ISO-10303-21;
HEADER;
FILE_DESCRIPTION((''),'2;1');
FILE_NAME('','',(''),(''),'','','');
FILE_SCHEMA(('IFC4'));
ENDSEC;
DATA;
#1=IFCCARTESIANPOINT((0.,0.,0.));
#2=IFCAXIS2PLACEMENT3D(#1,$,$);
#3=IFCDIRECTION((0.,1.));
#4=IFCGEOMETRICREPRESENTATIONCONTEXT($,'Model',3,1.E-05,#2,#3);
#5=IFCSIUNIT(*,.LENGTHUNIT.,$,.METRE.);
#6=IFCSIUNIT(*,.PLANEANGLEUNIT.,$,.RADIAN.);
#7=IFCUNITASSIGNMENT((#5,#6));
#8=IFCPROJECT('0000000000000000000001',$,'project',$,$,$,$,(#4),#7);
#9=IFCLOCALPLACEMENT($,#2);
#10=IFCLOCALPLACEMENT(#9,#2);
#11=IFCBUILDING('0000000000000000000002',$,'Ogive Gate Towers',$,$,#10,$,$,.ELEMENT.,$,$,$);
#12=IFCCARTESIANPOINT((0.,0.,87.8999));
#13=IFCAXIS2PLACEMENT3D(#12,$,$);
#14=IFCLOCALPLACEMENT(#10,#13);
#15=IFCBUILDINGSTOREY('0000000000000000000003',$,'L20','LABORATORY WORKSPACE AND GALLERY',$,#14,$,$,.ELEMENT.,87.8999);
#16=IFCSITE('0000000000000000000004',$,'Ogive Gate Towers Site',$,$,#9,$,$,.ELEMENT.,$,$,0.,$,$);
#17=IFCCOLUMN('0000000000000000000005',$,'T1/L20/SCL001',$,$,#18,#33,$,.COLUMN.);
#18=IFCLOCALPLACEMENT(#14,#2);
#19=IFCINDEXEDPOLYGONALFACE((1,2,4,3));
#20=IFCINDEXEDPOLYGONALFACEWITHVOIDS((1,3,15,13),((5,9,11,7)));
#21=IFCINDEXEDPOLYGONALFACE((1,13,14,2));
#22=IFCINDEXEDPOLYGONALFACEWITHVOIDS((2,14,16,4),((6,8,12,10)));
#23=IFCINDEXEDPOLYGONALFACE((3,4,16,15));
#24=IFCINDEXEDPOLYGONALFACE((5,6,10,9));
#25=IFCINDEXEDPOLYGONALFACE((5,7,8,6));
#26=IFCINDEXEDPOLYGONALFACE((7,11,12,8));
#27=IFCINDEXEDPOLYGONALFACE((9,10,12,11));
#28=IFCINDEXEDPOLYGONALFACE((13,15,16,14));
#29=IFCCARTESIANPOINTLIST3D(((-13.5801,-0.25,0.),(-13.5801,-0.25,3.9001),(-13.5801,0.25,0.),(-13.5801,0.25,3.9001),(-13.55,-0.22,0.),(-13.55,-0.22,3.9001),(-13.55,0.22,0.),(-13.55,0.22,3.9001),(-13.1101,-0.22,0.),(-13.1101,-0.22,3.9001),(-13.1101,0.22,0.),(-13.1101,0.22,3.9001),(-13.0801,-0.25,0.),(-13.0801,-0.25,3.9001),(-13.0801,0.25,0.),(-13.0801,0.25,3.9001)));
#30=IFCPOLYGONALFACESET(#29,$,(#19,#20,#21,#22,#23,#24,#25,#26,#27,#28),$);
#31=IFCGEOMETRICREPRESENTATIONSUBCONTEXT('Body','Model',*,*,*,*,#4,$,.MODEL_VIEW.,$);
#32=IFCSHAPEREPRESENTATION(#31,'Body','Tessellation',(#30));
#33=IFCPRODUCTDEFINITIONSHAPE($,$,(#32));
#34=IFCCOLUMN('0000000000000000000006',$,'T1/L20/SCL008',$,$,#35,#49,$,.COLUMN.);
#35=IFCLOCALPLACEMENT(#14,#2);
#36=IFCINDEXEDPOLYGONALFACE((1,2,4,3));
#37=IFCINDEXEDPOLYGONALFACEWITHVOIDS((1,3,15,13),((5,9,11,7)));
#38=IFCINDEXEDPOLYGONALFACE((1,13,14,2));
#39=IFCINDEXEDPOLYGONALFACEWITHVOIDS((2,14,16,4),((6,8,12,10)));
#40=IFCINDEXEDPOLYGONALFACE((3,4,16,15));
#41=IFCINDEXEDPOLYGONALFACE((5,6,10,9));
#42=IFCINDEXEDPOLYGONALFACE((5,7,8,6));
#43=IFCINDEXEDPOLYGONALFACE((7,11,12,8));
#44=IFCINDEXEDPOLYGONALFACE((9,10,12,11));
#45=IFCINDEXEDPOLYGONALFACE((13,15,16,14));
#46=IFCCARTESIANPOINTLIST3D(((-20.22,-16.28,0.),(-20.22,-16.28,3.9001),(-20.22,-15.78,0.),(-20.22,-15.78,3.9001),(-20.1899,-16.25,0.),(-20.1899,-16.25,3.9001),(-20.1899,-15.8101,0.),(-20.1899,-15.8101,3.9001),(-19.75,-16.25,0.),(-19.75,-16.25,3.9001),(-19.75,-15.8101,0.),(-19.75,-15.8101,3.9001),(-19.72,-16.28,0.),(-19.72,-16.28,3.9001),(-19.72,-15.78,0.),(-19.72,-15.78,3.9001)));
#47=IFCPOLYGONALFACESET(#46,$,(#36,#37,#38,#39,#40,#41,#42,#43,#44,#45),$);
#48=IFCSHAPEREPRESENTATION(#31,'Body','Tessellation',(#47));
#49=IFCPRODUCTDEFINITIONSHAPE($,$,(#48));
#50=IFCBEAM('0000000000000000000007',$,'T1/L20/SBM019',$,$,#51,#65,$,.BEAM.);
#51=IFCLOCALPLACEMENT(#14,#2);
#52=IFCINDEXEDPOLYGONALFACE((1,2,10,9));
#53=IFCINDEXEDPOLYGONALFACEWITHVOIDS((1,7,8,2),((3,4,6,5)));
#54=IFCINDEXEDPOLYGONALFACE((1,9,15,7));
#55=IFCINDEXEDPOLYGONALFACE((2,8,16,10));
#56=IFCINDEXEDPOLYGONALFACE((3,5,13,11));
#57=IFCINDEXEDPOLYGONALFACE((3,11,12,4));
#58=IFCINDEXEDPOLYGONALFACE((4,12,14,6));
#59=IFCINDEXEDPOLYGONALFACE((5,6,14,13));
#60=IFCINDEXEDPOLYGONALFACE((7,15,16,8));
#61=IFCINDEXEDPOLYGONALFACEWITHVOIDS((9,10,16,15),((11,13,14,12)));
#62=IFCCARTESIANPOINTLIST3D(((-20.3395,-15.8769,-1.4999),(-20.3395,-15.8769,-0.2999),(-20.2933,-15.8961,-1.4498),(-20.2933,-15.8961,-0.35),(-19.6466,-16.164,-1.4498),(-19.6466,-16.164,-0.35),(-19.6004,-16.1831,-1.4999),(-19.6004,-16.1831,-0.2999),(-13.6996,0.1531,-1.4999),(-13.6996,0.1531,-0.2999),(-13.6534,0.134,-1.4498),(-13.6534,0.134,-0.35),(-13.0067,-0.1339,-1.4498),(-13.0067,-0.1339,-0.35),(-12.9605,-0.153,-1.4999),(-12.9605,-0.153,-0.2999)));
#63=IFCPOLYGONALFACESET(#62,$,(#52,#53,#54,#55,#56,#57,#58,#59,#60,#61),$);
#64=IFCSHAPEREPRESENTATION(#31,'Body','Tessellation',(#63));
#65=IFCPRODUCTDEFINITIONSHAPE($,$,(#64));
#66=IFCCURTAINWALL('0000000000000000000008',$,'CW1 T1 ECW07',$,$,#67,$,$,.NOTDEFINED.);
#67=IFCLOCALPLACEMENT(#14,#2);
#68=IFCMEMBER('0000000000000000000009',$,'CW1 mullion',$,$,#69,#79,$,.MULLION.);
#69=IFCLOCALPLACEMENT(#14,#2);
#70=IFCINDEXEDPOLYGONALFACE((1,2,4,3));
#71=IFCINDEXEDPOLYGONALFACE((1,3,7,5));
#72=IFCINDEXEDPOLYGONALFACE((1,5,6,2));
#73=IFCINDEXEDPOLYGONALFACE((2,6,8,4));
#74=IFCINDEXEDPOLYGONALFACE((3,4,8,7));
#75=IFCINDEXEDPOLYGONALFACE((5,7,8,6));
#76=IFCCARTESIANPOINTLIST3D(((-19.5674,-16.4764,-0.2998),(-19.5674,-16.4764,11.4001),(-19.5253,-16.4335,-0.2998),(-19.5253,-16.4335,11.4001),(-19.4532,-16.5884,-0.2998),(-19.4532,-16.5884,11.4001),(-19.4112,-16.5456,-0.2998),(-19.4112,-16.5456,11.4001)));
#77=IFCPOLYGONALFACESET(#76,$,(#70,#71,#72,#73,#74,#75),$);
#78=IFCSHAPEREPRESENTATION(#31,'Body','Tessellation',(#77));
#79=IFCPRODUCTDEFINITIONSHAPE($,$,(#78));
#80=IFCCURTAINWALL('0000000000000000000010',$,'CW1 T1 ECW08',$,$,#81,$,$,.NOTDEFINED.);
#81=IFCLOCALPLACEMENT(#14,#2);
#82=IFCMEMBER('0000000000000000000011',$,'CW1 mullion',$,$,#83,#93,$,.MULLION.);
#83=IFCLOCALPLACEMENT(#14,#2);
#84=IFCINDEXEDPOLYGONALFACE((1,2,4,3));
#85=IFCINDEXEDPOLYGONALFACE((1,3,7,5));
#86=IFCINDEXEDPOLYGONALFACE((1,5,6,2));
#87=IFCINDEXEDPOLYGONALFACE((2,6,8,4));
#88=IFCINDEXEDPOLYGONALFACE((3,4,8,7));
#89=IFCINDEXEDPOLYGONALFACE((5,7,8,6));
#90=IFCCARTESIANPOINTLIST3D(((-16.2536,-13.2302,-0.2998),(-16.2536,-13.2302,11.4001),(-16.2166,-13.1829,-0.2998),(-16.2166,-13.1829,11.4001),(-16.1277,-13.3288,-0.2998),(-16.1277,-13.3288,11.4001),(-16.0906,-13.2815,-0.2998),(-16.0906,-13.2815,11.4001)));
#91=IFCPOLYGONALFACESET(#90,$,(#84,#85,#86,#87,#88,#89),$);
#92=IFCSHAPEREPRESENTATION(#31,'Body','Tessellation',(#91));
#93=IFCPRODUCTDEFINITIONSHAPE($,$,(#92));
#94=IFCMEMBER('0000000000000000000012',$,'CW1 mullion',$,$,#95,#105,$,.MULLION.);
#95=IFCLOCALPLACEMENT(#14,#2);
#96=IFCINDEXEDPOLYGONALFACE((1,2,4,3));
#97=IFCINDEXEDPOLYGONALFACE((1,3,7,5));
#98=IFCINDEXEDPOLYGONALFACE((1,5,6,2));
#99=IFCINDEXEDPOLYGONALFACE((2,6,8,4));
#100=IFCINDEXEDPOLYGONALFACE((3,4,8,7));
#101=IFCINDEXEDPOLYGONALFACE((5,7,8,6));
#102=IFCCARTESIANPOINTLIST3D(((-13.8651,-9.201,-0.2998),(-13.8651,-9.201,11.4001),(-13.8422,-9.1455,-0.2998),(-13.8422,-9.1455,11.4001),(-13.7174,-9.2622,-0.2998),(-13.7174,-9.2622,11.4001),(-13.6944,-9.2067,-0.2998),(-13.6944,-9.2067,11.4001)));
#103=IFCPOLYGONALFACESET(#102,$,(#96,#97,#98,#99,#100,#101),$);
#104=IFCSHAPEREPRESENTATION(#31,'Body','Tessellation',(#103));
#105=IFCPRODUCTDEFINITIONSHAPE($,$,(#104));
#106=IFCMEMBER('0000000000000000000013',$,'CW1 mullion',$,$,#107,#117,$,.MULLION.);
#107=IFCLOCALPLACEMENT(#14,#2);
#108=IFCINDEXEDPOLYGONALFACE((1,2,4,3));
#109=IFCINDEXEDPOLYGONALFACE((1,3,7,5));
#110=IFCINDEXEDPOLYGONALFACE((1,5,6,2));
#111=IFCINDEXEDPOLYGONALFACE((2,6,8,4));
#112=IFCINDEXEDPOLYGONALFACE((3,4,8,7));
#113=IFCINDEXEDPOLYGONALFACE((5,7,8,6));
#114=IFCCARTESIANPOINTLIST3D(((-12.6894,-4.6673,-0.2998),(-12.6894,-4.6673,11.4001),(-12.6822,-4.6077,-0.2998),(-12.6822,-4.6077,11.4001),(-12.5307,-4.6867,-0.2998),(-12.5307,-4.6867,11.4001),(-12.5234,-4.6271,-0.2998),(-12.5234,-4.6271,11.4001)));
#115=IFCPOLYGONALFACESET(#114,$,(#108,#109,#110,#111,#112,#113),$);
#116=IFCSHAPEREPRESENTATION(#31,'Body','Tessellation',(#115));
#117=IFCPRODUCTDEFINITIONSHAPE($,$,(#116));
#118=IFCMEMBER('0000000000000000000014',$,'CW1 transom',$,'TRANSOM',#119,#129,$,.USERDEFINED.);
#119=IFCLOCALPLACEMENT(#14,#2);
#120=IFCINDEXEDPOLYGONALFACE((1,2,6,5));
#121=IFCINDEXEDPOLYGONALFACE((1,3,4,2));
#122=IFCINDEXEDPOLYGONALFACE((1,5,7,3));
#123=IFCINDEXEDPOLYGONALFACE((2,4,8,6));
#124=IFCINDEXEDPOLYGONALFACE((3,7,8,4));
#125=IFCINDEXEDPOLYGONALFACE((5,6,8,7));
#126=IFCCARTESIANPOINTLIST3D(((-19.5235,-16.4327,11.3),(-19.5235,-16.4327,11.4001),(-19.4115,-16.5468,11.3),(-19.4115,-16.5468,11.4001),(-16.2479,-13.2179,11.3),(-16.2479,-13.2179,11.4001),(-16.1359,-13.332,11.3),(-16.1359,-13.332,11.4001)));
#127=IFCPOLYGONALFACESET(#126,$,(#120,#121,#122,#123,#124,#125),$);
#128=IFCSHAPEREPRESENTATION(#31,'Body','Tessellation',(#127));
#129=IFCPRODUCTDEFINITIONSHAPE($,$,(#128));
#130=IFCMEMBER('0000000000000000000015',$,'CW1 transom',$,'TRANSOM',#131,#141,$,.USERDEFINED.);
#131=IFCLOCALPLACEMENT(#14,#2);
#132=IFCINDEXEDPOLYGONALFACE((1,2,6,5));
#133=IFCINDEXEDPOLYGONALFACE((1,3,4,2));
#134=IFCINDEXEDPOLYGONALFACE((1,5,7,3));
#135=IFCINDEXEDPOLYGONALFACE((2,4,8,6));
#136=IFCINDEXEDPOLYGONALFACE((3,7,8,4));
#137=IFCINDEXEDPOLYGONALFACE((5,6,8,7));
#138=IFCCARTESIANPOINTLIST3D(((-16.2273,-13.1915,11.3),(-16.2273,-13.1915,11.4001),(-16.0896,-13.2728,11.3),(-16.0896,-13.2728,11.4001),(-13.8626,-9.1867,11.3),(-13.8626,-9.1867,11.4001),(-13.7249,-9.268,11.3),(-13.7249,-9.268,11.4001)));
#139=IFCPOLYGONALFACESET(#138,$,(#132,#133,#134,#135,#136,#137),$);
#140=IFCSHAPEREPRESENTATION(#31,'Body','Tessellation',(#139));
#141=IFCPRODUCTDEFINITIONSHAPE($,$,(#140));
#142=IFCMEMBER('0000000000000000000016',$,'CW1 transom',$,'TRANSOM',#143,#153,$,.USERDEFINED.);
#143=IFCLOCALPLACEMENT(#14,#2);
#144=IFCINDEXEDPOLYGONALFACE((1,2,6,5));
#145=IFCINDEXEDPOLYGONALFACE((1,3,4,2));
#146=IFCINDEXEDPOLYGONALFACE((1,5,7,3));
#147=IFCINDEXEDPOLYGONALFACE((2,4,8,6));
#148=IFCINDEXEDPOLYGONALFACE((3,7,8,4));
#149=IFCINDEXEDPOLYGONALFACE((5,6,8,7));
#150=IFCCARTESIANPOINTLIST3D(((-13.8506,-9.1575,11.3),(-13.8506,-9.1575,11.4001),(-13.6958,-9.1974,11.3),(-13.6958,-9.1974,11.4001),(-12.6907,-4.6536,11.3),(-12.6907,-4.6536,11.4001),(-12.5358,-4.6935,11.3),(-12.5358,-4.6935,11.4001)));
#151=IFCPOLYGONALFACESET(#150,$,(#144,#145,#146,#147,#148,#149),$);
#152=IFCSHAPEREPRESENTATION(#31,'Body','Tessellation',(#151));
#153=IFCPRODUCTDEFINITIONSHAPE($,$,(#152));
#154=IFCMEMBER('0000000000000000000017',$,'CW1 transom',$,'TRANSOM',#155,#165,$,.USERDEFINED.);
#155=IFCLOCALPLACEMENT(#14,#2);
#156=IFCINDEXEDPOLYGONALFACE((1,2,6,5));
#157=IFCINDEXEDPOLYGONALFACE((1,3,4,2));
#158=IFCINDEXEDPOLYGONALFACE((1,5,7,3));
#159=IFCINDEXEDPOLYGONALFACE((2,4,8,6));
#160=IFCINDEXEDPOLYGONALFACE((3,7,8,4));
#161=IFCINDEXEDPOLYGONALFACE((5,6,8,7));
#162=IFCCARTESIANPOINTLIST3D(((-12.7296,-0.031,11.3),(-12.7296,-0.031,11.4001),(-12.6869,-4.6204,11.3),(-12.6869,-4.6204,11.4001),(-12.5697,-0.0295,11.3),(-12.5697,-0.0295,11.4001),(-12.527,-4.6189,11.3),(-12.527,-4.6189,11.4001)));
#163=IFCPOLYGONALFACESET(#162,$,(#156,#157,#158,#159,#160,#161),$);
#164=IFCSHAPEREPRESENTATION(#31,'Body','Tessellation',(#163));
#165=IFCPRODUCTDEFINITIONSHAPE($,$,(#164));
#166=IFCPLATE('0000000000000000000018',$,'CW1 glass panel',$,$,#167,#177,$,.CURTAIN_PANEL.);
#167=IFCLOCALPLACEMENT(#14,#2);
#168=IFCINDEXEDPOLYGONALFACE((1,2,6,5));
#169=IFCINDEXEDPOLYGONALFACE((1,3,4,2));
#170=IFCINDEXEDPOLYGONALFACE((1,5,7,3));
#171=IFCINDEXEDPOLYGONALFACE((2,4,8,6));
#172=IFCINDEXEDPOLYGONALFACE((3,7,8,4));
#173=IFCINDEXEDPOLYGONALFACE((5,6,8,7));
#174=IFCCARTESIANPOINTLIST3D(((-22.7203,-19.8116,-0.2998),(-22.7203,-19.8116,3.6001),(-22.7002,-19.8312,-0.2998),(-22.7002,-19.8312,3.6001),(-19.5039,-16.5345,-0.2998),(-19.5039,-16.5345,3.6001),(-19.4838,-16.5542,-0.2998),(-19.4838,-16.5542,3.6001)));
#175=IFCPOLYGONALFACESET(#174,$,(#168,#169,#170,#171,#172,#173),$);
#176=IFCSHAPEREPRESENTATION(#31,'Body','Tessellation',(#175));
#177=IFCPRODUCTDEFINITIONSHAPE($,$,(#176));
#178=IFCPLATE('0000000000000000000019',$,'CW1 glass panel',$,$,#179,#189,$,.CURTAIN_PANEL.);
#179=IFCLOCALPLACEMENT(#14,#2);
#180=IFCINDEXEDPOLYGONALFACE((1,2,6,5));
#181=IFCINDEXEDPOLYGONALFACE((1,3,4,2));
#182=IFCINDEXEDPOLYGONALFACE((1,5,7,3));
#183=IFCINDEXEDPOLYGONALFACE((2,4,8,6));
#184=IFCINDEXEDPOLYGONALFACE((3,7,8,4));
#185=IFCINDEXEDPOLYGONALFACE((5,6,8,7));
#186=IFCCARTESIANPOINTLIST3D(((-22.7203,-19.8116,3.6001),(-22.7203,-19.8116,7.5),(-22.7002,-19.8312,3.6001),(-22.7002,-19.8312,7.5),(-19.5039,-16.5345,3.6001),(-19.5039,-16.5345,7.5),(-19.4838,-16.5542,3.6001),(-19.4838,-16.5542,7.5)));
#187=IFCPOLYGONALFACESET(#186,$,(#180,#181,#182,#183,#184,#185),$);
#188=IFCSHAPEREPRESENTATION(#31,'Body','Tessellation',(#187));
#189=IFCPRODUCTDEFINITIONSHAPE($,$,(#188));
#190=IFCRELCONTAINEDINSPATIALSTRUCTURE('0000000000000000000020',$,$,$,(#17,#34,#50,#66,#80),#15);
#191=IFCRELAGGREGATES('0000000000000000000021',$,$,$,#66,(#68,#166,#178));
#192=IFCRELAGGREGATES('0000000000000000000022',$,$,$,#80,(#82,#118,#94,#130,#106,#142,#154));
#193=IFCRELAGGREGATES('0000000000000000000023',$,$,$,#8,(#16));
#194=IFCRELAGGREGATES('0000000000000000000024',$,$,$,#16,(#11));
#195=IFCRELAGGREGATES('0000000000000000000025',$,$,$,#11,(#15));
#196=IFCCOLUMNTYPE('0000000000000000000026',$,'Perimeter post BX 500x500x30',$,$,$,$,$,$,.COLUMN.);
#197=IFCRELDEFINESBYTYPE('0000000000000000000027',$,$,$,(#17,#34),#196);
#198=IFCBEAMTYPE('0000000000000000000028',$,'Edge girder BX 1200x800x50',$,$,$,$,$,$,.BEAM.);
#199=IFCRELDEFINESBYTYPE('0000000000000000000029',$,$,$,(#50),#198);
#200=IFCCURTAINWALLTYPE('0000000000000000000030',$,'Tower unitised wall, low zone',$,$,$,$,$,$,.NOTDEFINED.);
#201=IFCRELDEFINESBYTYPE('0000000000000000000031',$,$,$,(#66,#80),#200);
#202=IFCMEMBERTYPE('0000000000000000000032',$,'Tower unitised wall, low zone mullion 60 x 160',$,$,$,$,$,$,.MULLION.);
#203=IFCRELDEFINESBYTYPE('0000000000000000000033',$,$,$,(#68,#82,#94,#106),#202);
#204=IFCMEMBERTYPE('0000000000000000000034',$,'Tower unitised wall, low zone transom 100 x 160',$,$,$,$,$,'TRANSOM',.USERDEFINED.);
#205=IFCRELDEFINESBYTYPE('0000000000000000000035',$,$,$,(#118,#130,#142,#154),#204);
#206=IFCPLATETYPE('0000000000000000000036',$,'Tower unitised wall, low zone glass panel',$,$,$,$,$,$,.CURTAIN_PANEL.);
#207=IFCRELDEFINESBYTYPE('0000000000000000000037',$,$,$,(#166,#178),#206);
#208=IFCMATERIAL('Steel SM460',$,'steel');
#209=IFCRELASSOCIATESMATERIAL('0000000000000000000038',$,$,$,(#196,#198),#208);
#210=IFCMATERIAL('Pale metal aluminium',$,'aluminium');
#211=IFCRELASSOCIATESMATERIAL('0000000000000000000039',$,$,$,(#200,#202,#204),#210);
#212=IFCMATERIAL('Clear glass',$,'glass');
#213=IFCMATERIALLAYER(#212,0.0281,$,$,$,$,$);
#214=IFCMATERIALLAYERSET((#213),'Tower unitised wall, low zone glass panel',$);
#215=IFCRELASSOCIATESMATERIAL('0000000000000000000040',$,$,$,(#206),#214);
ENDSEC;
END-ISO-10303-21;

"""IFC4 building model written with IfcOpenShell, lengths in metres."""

from ifc_helpers import new_model, si_unit, direction, frame, origin, origin_2d, place, context, subcontext, project, spatial, rectangle, hollow_rectangle, extrude, material, layer, layer_set, material_profile, profile_set, type_object, element, aggregate, save


model = new_model("IFC4")

# Units and contexts
model_context = context("Model", 3, precision=1e-05, world=origin(), true_north=direction((0.0, 1.0)))
body_context = subcontext(model_context, "Body", "Model", "MODEL_VIEW")
ifc_project = project(units=[si_unit("LENGTHUNIT", "METRE"), si_unit("PLANEANGLEUNIT", "RADIAN")], contexts=[model_context])

# Site, building, storey
site_placement = place(None, origin())
site = spatial("IfcSite", under=ifc_project, at=site_placement, Name="Ogive Gate Towers Site", CompositionType="ELEMENT", RefElevation=0.0)
building_placement = place(site_placement, origin())
building = spatial("IfcBuilding", under=site, at=building_placement, Name="Ogive Gate Towers", CompositionType="ELEMENT")
storey_placement = place(building_placement, frame((0.0, 0.0, 87.8999)))
storey = spatial("IfcBuildingStorey", under=building, at=storey_placement, Name="L20", Description="LABORATORY WORKSPACE AND GALLERY", CompositionType="ELEMENT", Elevation=87.8999)

# Columns
ifc_material_1 = material(Name="Steel SM460", Category="steel")
ifc_material_profile_1 = material_profile(ifc_material_1, hollow_rectangle(XDim=0.5, YDim=0.5, WallThickness=0.03, at=origin_2d()), Name="BX 500x500x30")
ifc_profile_set_1 = profile_set([ifc_material_profile_1], Name="Steel SM460")
column_type = type_object("IfcColumnType", Name="Perimeter post BX 500x500x30", PredefinedType="COLUMN", material=ifc_profile_set_1)
for number, where, z_axis, x_axis, name in (
    (1, (-13.3301, 0.0, 0.0), (0.0, 0.0, 1.0), (1.0, 0.0, 0.0), "T1/L20/SCL001"),
    (2, (-19.97, -16.03, 0.0), (0.0, 0.0, 1.0), (1.0, 0.0, 0.0), "T1/L20/SCL008"),
):
    element("IfcColumn", number, at=place(storey_placement, frame(where, z_axis=z_axis, x_axis=x_axis)), inside=storey, type_object=column_type, Name=name, PredefinedType="COLUMN", context=body_context, shape_type="SweptSolid", body=[
        extrude(hollow_rectangle(XDim=0.5, YDim=0.5, WallThickness=0.03, at=origin_2d()), origin(), (0.0, 0.0, 1.0), 3.9001),
    ])

# Beam
ifc_material_profile_2 = material_profile(ifc_material_1, hollow_rectangle(XDim=0.8, YDim=1.2, WallThickness=0.05, at=origin_2d()), Name="BX 1200x800x50")
ifc_profile_set_2 = profile_set([ifc_material_profile_2], Name="Steel SM460")
beam_type = type_object("IfcBeamType", Name="Edge girder BX 1200x800x50", PredefinedType="BEAM", material=ifc_profile_set_2)
beam_placement = place(storey_placement, frame((-19.97, -16.03, -0.8999), z_axis=(0.382685, 0.923879, 0.0), x_axis=(-0.923879, 0.382685, 0.0)))
element("IfcBeam", 3, at=beam_placement, inside=storey, type_object=beam_type, Name="T1/L20/SBM019", PredefinedType="BEAM", context=body_context, shape_type="SweptSolid", body=[
    extrude(hollow_rectangle(XDim=0.8, YDim=1.2, WallThickness=0.05, at=origin_2d()), origin(), (0.0, 0.0, 1.0), 17.3508),
])

# Curtain wall, member
ifc_material_2 = material(Name="Pale metal aluminium", Category="aluminium")
curtain_wall_type = type_object("IfcCurtainWallType", Name="Tower unitised wall, low zone", PredefinedType="NOTDEFINED", material=ifc_material_2)
curtain_wall_1_placement = place(storey_placement, origin())
curtain_wall_1 = element("IfcCurtainWall", 4, at=curtain_wall_1_placement, inside=storey, type_object=curtain_wall_type, Name="CW1 T1 ECW07", PredefinedType="NOTDEFINED")
ifc_material_profile_3 = material_profile(ifc_material_2, rectangle(XDim=0.1599, YDim=0.0601, at=origin_2d()), Name="60 x 160 aluminium box")
ifc_profile_set_3 = profile_set([ifc_material_profile_3], Name="Pale metal aluminium")
member_type_1 = type_object("IfcMemberType", Name="Tower unitised wall, low zone mullion 60 x 160", PredefinedType="MULLION", material=ifc_profile_set_3)
member_1_placement = place(storey_placement, frame((-19.4893, -16.511, -0.2998), z_axis=(0.0, 0.0, 1.0), x_axis=(0.713678, -0.700473, 0.0)))
member_1 = element("IfcMember", 5, at=member_1_placement, type_object=member_type_1, Name="CW1 mullion", PredefinedType="MULLION", context=body_context, shape_type="SweptSolid", body=[
    extrude(rectangle(XDim=0.1599, YDim=0.0601, at=origin_2d()), origin(), (0.0, 0.0, 1.0), 11.7),
])

# Curtain wall, members
curtain_wall_2_placement = place(storey_placement, origin())
curtain_wall_2 = element("IfcCurtainWall", 6, at=curtain_wall_2_placement, inside=storey, type_object=curtain_wall_type, Name="CW1 T1 ECW08", PredefinedType="NOTDEFINED")
member_2_placement = place(storey_placement, frame((-16.1721, -13.2559, -0.2998), z_axis=(0.0, 0.0, 1.0), x_axis=(0.787495, -0.616321, 0.0)))
member_2 = element("IfcMember", 7, at=member_2_placement, type_object=member_type_1, Name="CW1 mullion", PredefinedType="MULLION", context=body_context, shape_type="SweptSolid", body=[
    extrude(rectangle(XDim=0.1599, YDim=0.0601, at=origin_2d()), origin(), (0.0, 0.0, 1.0), 11.7),
])
member_3_placement = place(storey_placement, frame((-13.7798, -9.2039, -0.2998), z_axis=(0.0, 0.0, 1.0), x_axis=(0.92388, -0.382683, 0.0)))
member_3 = element("IfcMember", 8, at=member_3_placement, type_object=member_type_1, Name="CW1 mullion", PredefinedType="MULLION", context=body_context, shape_type="SweptSolid", body=[
    extrude(rectangle(XDim=0.1599, YDim=0.0601, at=origin_2d()), origin(), (0.0, 0.0, 1.0), 11.7),
])
member_4_placement = place(storey_placement, frame((-12.6064, -4.6472, -0.2998), z_axis=(0.0, 0.0, 1.0), x_axis=(0.992648, -0.121038, 0.0)))
member_4 = element("IfcMember", 9, at=member_4_placement, type_object=member_type_1, Name="CW1 mullion", PredefinedType="MULLION", context=body_context, shape_type="SweptSolid", body=[
    extrude(rectangle(XDim=0.1599, YDim=0.0601, at=origin_2d()), origin(), (0.0, 0.0, 1.0), 11.7),
])
ifc_material_profile_4 = material_profile(ifc_material_2, rectangle(XDim=0.1599, YDim=0.1001, at=origin_2d()), Name="100 x 160 aluminium box")
ifc_profile_set_4 = profile_set([ifc_material_profile_4], Name="Pale metal aluminium")
member_type_2 = type_object("IfcMemberType", Name="Tower unitised wall, low zone transom 100 x 160", ElementType="TRANSOM", PredefinedType="USERDEFINED", material=ifc_profile_set_4)
member_5_placement = place(storey_placement, frame((-19.4675, -16.4897, 11.3501), z_axis=(0.713698, 0.700453, 0.0), x_axis=(-0.700453, 0.713698, 0.0)))
member_5 = element("IfcMember", 10, at=member_5_placement, type_object=member_type_2, Name="CW1 transom", ObjectType="TRANSOM", PredefinedType="USERDEFINED", context=body_context, shape_type="SweptSolid", body=[
    extrude(rectangle(XDim=0.1599, YDim=0.1001, at=origin_2d()), origin(), (0.0, 0.0, 1.0), 4.5896),
])
member_6_placement = place(storey_placement, frame((-16.1584, -13.2322, 11.3501), z_axis=(0.508446, 0.861094, 0.0), x_axis=(-0.861094, 0.508446, 0.0)))
member_6 = element("IfcMember", 11, at=member_6_placement, type_object=member_type_2, Name="CW1 transom", ObjectType="TRANSOM", PredefinedType="USERDEFINED", context=body_context, shape_type="SweptSolid", body=[
    extrude(rectangle(XDim=0.1599, YDim=0.1001, at=origin_2d()), origin(), (0.0, 0.0, 1.0), 4.6509),
])
member_7_placement = place(storey_placement, frame((-13.7732, -9.1775, 11.3501), z_axis=(0.249397, 0.968401, 0.0), x_axis=(-0.968401, 0.249397, 0.0)))
member_7 = element("IfcMember", 12, at=member_7_placement, type_object=member_type_2, Name="CW1 transom", ObjectType="TRANSOM", PredefinedType="USERDEFINED", context=body_context, shape_type="SweptSolid", body=[
    extrude(rectangle(XDim=0.1599, YDim=0.1001, at=origin_2d()), origin(), (0.0, 0.0, 1.0), 4.6509),
])
member_8_placement = place(storey_placement, frame((-12.6069, -4.6196, 11.3501), z_axis=(-0.009309, 0.999957, 0.0), x_axis=(-0.999957, -0.009309, 0.0)))
member_8 = element("IfcMember", 13, at=member_8_placement, type_object=member_type_2, Name="CW1 transom", ObjectType="TRANSOM", PredefinedType="USERDEFINED", context=body_context, shape_type="SweptSolid", body=[
    extrude(rectangle(XDim=0.1599, YDim=0.1001, at=origin_2d()), origin(), (0.0, 0.0, 1.0), 4.5896),
])

# Plates
ifc_material_3 = material(Name="Clear glass", Category="glass")
ifc_layer_1 = layer(ifc_material_3, 0.0281)
ifc_layer_set_1 = layer_set([ifc_layer_1], Name="Tower unitised wall, low zone glass panel")
plate_type = type_object("IfcPlateType", Name="Tower unitised wall, low zone glass panel", PredefinedType="CURTAIN_PANEL", material=ifc_layer_set_1)
plate_1_placement = place(storey_placement, frame((-21.1021, -18.1829, -0.2998), z_axis=(0.0, 0.0, 1.0), x_axis=(0.700473, 0.713678, 0.0)))
plate_1 = element("IfcPlate", 14, at=plate_1_placement, type_object=plate_type, Name="CW1 glass panel", PredefinedType="CURTAIN_PANEL", context=body_context, shape_type="SweptSolid", body=[
    extrude(rectangle(XDim=4.5918, YDim=0.0281, at=origin_2d()), origin(), (0.0, 0.0, 1.0), 3.8999),
])
plate_2_placement = place(storey_placement, frame((-21.1021, -18.1829, 3.6001), z_axis=(0.0, 0.0, 1.0), x_axis=(0.700473, 0.713678, 0.0)))
plate_2 = element("IfcPlate", 15, at=plate_2_placement, type_object=plate_type, Name="CW1 glass panel", PredefinedType="CURTAIN_PANEL", context=body_context, shape_type="SweptSolid", body=[
    extrude(rectangle(XDim=4.5918, YDim=0.0281, at=origin_2d()), origin(), (0.0, 0.0, 1.0), 3.8999),
])
aggregate(curtain_wall_1, [member_1, plate_1, plate_2])
aggregate(curtain_wall_2, [member_2, member_5, member_3, member_6, member_4, member_7, member_8])

save(model, "model.ifc")
